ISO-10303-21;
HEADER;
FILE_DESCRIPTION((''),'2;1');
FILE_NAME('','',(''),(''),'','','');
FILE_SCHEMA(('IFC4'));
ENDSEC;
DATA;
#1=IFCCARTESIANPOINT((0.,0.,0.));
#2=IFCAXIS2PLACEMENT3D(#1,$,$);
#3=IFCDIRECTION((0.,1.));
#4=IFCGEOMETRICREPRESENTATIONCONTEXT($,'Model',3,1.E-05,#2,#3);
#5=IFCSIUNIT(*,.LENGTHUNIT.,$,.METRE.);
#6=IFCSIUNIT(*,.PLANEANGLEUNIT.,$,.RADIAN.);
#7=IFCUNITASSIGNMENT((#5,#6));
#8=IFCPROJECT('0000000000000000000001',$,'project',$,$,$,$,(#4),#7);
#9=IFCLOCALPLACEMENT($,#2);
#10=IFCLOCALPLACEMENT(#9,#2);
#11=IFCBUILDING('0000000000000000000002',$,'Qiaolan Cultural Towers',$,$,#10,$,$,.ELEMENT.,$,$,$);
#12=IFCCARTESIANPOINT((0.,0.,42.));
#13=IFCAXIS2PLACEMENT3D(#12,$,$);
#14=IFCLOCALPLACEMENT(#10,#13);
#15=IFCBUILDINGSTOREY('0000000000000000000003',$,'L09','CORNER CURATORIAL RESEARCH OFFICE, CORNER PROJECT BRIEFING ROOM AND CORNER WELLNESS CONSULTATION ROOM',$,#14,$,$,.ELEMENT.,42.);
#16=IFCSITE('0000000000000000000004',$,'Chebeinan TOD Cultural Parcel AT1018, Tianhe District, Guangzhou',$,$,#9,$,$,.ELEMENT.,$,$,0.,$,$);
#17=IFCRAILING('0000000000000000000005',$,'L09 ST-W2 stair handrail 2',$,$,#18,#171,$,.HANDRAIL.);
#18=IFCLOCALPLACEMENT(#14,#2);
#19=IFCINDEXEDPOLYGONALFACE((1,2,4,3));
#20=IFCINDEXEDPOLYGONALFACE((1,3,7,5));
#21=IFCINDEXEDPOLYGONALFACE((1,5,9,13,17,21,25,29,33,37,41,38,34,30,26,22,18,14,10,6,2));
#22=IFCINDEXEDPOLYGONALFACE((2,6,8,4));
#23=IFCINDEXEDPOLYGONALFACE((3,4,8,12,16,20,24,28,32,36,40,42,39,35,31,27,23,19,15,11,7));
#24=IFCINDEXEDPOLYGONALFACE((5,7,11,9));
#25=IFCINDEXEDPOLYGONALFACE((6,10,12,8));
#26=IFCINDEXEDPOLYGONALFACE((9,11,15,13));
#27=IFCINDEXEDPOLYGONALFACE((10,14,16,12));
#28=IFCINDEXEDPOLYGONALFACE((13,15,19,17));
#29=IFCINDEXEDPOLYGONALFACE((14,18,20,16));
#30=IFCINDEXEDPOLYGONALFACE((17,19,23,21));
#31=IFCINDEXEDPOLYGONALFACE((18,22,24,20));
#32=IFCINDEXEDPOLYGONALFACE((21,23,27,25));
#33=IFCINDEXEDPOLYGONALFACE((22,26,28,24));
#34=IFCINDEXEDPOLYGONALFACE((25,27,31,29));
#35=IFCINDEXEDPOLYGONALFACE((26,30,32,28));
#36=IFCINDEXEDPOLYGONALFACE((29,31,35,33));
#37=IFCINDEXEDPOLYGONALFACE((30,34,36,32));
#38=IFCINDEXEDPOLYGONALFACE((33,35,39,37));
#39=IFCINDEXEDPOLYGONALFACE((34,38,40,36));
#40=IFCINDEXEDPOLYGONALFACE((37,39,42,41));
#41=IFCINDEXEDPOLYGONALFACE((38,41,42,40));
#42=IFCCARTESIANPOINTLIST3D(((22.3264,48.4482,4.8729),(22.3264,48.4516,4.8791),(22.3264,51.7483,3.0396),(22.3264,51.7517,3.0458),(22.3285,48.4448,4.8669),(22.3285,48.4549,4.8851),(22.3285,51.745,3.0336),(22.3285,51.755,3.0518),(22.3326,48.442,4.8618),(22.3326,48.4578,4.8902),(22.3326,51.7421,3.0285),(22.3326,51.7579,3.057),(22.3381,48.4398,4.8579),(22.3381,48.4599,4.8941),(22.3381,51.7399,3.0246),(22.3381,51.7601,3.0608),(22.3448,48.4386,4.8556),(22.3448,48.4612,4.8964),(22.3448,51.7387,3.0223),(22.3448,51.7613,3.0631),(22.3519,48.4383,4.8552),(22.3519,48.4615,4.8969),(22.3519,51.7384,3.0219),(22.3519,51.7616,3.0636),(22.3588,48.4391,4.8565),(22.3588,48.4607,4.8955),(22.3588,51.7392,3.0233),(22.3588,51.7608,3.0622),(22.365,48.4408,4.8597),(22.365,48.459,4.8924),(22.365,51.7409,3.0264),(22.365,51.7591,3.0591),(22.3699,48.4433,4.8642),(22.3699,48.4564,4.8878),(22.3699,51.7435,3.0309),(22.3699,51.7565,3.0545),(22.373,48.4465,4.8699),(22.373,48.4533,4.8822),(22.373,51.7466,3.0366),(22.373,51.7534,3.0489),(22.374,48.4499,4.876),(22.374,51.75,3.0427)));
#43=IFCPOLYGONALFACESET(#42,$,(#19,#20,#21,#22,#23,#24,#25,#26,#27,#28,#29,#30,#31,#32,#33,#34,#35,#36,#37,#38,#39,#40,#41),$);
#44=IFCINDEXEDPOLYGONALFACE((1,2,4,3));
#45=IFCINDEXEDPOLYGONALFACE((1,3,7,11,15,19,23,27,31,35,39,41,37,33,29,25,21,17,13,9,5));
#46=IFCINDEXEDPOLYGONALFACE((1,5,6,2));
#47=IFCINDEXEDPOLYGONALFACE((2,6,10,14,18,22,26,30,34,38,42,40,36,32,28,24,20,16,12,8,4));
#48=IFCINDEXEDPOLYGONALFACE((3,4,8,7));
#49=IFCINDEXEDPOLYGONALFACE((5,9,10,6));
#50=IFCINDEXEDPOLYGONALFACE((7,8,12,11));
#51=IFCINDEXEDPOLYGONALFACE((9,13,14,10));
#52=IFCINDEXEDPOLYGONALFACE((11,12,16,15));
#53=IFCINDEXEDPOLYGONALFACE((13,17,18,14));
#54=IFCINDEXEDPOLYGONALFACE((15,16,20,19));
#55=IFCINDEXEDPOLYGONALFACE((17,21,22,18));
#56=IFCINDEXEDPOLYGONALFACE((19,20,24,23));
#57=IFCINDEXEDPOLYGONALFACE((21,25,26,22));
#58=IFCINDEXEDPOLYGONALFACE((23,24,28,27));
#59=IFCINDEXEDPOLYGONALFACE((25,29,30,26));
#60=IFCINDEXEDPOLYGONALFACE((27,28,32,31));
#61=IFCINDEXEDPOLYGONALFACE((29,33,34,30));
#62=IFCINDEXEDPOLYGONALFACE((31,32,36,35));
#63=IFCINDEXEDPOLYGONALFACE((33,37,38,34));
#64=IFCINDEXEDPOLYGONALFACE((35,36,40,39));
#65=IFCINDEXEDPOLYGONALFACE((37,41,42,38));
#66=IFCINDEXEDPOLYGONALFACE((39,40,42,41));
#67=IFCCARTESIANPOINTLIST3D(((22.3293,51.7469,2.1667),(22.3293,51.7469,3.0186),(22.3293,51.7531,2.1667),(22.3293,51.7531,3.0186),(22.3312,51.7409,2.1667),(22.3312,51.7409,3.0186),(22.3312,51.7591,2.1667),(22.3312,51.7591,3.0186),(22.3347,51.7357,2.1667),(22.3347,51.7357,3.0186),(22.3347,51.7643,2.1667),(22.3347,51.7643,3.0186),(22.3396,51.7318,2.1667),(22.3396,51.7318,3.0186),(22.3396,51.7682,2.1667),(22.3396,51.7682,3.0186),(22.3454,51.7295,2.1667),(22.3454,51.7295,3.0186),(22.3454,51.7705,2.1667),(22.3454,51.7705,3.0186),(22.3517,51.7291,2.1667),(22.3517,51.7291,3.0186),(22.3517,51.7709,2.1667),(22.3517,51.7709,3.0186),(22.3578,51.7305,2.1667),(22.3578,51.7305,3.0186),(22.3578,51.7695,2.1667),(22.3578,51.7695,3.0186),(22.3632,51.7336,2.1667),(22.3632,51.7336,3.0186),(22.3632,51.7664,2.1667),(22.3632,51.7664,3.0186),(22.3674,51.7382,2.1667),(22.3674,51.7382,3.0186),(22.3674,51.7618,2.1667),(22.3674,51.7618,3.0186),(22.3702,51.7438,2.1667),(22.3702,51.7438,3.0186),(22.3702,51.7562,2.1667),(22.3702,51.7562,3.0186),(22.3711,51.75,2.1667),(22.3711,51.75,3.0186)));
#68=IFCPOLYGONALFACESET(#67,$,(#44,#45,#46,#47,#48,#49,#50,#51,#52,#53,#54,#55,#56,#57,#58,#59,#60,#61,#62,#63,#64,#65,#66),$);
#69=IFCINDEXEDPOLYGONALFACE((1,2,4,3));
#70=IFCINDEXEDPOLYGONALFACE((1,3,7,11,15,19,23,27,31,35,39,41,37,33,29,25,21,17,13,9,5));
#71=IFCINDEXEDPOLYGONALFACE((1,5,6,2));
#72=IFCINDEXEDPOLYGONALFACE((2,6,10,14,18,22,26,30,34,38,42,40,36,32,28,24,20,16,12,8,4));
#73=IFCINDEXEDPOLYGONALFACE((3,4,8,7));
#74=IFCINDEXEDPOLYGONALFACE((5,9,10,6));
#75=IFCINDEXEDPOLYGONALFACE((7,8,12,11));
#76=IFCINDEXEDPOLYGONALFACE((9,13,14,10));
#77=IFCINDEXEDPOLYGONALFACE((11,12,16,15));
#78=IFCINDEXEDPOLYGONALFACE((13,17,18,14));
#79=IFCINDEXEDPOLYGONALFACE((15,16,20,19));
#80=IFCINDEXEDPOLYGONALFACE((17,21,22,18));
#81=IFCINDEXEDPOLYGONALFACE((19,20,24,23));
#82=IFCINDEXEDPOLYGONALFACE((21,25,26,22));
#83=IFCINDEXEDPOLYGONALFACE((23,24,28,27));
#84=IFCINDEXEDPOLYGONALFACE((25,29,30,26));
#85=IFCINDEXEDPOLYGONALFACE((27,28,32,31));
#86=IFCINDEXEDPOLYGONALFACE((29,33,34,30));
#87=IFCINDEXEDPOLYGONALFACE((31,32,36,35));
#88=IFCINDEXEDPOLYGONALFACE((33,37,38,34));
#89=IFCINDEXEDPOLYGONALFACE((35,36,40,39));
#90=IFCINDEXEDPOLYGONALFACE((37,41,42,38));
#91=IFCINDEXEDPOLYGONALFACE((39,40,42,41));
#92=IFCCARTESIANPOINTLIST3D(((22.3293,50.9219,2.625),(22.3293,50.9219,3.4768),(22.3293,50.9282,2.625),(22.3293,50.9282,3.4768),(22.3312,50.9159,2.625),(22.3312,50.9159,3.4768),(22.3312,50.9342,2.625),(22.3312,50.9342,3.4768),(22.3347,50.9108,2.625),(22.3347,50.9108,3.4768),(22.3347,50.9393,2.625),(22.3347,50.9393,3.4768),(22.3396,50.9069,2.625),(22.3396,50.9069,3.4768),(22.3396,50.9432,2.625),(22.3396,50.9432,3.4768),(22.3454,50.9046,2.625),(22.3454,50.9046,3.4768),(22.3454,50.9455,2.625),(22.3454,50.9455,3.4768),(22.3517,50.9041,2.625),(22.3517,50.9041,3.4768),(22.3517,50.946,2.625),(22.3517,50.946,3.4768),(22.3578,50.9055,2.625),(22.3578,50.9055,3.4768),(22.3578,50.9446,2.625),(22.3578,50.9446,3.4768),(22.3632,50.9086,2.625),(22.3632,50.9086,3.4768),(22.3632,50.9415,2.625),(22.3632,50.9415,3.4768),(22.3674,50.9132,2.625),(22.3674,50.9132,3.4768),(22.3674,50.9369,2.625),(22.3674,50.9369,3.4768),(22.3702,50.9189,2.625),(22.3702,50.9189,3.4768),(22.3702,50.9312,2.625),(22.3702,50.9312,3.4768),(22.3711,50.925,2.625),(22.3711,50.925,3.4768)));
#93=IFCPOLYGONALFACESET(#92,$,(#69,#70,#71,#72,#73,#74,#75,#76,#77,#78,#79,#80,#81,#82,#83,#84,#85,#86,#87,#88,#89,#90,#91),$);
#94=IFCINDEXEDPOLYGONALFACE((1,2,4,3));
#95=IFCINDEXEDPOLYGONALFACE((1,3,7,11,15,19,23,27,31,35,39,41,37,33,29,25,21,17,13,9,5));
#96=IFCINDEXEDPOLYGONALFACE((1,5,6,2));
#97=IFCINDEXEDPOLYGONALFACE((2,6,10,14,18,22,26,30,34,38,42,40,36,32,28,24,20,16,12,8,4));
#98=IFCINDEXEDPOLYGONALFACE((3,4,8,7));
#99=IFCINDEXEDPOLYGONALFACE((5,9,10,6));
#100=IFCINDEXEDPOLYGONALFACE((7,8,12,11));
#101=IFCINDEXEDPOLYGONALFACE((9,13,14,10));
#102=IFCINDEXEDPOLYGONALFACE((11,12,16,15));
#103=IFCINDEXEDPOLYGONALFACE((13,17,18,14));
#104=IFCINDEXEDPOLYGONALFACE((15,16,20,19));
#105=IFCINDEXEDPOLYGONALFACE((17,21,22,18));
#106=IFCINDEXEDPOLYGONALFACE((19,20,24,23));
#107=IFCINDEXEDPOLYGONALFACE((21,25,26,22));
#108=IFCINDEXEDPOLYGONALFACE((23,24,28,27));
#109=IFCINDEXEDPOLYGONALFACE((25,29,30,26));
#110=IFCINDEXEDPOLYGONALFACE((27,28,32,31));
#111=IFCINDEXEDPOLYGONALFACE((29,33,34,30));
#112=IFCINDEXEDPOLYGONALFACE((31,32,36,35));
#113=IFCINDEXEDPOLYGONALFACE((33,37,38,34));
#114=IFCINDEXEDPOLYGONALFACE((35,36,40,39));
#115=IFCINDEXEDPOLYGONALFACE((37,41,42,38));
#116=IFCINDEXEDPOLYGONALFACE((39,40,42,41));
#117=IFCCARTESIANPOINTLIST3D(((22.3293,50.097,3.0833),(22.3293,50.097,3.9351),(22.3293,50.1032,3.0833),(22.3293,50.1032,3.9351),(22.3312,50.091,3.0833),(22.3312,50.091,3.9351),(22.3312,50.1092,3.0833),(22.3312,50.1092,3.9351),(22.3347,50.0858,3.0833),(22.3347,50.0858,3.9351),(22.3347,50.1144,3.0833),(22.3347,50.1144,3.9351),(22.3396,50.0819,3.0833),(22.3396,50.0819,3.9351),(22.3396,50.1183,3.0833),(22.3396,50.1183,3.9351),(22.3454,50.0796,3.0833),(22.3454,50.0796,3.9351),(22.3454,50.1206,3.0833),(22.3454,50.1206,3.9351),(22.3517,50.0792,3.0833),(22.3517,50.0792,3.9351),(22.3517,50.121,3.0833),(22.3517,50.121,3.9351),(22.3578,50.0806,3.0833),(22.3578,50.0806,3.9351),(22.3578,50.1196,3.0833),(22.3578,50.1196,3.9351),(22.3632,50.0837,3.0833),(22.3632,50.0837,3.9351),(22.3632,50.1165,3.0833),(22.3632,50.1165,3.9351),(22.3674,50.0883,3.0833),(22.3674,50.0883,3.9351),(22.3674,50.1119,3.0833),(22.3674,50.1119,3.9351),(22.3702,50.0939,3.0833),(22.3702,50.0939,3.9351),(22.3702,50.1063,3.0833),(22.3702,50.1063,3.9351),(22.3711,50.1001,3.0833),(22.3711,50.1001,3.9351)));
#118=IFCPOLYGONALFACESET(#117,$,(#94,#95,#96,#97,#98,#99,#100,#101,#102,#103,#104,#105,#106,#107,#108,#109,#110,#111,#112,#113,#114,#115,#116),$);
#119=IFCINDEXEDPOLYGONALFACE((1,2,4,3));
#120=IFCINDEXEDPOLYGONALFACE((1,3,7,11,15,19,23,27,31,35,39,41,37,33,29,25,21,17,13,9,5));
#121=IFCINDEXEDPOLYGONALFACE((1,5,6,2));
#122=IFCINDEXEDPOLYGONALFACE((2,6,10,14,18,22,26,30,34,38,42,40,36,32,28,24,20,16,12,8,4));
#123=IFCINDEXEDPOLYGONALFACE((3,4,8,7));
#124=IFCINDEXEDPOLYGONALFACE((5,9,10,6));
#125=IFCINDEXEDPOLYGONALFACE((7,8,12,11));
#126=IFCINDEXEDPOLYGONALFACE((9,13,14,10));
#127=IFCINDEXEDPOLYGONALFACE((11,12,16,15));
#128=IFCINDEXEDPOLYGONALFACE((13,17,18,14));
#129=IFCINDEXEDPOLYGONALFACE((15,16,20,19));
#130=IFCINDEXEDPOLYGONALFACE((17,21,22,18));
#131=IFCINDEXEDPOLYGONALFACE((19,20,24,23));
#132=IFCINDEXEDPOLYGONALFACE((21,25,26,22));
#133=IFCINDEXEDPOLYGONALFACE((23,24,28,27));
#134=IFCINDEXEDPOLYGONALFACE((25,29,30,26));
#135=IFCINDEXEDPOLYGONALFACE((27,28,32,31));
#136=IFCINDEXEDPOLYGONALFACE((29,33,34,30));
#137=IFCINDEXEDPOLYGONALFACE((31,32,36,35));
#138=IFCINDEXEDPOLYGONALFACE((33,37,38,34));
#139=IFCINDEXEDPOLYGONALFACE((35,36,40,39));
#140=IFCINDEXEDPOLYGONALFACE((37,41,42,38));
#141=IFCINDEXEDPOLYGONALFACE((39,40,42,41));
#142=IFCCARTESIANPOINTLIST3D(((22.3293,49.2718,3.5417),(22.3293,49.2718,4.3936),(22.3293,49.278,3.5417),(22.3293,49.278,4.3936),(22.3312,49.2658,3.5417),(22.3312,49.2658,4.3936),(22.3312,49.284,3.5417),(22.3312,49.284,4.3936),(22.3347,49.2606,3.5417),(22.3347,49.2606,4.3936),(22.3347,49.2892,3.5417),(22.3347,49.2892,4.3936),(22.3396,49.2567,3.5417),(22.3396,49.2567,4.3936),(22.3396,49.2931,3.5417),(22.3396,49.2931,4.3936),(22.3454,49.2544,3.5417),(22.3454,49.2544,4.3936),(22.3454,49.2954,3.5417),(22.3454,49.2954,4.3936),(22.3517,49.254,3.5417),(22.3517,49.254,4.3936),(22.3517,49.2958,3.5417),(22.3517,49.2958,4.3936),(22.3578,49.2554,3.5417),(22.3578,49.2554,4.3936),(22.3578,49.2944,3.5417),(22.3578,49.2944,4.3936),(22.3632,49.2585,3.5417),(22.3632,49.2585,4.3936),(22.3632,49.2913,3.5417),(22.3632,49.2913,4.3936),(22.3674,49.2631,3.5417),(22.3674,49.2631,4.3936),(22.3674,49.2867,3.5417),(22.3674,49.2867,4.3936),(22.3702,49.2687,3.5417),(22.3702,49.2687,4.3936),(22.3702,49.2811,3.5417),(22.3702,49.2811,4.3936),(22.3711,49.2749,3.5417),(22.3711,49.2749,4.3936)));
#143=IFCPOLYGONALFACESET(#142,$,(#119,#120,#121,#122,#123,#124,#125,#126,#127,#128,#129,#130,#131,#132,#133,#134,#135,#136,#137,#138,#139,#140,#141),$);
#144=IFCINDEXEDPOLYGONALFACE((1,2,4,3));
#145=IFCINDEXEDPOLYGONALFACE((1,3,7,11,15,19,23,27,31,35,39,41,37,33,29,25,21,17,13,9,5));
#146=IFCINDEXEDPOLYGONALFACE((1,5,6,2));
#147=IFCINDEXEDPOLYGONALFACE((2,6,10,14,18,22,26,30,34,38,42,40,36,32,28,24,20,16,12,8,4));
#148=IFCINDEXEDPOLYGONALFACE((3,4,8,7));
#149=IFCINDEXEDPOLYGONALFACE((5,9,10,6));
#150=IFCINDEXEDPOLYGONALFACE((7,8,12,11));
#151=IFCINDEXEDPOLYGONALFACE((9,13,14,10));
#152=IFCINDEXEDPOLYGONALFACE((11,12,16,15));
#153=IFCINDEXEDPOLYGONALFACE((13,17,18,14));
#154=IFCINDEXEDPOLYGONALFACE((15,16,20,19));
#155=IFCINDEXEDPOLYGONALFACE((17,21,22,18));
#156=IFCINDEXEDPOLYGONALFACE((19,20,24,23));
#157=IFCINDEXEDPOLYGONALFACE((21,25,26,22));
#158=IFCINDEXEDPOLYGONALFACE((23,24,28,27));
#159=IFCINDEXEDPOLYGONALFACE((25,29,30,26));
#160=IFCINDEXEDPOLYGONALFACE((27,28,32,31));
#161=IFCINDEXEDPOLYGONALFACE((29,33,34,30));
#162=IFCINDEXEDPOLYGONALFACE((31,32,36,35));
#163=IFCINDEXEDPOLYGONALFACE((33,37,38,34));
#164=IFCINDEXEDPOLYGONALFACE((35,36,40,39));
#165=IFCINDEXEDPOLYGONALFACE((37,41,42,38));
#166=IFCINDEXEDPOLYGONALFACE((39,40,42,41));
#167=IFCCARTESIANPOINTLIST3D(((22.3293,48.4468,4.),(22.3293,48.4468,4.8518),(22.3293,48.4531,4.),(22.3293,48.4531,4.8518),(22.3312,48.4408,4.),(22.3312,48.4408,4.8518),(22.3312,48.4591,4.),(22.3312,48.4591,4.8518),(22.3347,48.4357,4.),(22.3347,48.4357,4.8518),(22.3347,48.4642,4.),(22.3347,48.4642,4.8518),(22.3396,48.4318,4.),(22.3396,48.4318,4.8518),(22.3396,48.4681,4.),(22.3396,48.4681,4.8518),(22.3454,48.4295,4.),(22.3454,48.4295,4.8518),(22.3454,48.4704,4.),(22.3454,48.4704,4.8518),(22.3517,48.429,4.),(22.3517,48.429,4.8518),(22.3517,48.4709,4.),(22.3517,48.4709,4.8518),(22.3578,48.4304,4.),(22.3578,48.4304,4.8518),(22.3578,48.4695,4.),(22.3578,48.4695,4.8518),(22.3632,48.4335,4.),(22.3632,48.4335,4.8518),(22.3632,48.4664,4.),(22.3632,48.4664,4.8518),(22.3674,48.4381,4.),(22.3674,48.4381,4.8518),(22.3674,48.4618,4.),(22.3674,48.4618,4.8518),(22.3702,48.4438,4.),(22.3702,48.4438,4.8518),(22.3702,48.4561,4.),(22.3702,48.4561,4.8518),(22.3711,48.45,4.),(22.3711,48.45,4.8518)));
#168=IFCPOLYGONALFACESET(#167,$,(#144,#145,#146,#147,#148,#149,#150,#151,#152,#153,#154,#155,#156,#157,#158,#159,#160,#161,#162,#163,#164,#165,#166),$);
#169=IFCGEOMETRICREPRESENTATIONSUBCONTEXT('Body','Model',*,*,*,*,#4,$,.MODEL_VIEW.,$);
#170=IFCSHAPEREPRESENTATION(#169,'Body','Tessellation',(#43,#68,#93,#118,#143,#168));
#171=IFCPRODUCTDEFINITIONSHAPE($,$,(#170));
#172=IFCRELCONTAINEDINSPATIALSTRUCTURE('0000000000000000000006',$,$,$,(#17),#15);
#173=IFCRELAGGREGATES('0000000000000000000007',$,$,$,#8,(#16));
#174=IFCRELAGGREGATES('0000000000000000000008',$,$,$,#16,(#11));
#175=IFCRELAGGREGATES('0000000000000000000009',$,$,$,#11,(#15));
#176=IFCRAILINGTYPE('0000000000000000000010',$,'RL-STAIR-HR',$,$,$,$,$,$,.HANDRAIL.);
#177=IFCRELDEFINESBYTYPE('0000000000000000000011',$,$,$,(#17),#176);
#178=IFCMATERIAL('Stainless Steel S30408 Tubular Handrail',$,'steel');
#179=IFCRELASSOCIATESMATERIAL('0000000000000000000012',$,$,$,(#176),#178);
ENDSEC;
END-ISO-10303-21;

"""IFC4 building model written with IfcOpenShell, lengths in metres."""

from ifc_helpers import new_model, si_unit, direction, frame, origin, origin_2d, place, context, subcontext, project, spatial, circle, extrude, material, type_object, element, save


model = new_model("IFC4")

# Units and contexts
model_context = context("Model", 3, precision=1e-05, world=origin(), true_north=direction((0.0, 1.0)))
body_context = subcontext(model_context, "Body", "Model", "MODEL_VIEW")
ifc_project = project(units=[si_unit("LENGTHUNIT", "METRE"), si_unit("PLANEANGLEUNIT", "RADIAN")], contexts=[model_context])

# Site, building, storey
site_placement = place(None, origin())
site = spatial("IfcSite", under=ifc_project, at=site_placement, Name="Chebeinan TOD Cultural Parcel AT1018, Tianhe District, Guangzhou", CompositionType="ELEMENT", RefElevation=0.0)
building_placement = place(site_placement, origin())
building = spatial("IfcBuilding", under=site, at=building_placement, Name="Qiaolan Cultural Towers", CompositionType="ELEMENT")
storey_placement = place(building_placement, frame((0.0, 0.0, 42.0)))
storey = spatial("IfcBuildingStorey", under=building, at=storey_placement, Name="L09", Description="CORNER CURATORIAL RESEARCH OFFICE, CORNER PROJECT BRIEFING ROOM AND CORNER WELLNESS CONSULTATION ROOM", CompositionType="ELEMENT", Elevation=42.0)

# Railing
ifc_material_1 = material(Name="Stainless Steel S30408 Tubular Handrail", Category="steel")
railing_type_1 = type_object("IfcRailingType", Name="RL-STAIR-HR", PredefinedType="HANDRAIL", material=ifc_material_1)
railing_1_placement = place(storey_placement, frame((22.3501, 51.75, 2.1667)))
element("IfcRailing", 1, at=railing_1_placement, inside=storey, type_object=railing_type_1, Name="L09 ST-W2 stair handrail 2", PredefinedType="HANDRAIL", context=body_context, shape_type="SweptSolid", body=[
    extrude(circle(Radius=0.0239, at=origin_2d()), frame((0.0, 0.0, 0.876), z_axis=(0.0, -0.874169, 0.485621), x_axis=(1.0, 0.0, 0.0)), (0.0, 0.0, 1.0), 3.7751),
    extrude(circle(Radius=0.021, at=origin_2d()), origin(), (0.0, 0.0, 1.0), 0.8518),
    extrude(circle(Radius=0.021, at=origin_2d()), frame((0.0, -0.825, 0.4583)), (0.0, 0.0, 1.0), 0.8518),
    extrude(circle(Radius=0.021, at=origin_2d()), frame((0.0, -1.6499, 0.9165)), (0.0, 0.0, 1.0), 0.8518),
    extrude(circle(Radius=0.021, at=origin_2d()), frame((0.0, -2.4751, 1.375)), (0.0, 0.0, 1.0), 0.8518),
    extrude(circle(Radius=0.021, at=origin_2d()), frame((0.0, -3.3, 1.8333)), (0.0, 0.0, 1.0), 0.8518),
])

save(model, "model.ifc")
